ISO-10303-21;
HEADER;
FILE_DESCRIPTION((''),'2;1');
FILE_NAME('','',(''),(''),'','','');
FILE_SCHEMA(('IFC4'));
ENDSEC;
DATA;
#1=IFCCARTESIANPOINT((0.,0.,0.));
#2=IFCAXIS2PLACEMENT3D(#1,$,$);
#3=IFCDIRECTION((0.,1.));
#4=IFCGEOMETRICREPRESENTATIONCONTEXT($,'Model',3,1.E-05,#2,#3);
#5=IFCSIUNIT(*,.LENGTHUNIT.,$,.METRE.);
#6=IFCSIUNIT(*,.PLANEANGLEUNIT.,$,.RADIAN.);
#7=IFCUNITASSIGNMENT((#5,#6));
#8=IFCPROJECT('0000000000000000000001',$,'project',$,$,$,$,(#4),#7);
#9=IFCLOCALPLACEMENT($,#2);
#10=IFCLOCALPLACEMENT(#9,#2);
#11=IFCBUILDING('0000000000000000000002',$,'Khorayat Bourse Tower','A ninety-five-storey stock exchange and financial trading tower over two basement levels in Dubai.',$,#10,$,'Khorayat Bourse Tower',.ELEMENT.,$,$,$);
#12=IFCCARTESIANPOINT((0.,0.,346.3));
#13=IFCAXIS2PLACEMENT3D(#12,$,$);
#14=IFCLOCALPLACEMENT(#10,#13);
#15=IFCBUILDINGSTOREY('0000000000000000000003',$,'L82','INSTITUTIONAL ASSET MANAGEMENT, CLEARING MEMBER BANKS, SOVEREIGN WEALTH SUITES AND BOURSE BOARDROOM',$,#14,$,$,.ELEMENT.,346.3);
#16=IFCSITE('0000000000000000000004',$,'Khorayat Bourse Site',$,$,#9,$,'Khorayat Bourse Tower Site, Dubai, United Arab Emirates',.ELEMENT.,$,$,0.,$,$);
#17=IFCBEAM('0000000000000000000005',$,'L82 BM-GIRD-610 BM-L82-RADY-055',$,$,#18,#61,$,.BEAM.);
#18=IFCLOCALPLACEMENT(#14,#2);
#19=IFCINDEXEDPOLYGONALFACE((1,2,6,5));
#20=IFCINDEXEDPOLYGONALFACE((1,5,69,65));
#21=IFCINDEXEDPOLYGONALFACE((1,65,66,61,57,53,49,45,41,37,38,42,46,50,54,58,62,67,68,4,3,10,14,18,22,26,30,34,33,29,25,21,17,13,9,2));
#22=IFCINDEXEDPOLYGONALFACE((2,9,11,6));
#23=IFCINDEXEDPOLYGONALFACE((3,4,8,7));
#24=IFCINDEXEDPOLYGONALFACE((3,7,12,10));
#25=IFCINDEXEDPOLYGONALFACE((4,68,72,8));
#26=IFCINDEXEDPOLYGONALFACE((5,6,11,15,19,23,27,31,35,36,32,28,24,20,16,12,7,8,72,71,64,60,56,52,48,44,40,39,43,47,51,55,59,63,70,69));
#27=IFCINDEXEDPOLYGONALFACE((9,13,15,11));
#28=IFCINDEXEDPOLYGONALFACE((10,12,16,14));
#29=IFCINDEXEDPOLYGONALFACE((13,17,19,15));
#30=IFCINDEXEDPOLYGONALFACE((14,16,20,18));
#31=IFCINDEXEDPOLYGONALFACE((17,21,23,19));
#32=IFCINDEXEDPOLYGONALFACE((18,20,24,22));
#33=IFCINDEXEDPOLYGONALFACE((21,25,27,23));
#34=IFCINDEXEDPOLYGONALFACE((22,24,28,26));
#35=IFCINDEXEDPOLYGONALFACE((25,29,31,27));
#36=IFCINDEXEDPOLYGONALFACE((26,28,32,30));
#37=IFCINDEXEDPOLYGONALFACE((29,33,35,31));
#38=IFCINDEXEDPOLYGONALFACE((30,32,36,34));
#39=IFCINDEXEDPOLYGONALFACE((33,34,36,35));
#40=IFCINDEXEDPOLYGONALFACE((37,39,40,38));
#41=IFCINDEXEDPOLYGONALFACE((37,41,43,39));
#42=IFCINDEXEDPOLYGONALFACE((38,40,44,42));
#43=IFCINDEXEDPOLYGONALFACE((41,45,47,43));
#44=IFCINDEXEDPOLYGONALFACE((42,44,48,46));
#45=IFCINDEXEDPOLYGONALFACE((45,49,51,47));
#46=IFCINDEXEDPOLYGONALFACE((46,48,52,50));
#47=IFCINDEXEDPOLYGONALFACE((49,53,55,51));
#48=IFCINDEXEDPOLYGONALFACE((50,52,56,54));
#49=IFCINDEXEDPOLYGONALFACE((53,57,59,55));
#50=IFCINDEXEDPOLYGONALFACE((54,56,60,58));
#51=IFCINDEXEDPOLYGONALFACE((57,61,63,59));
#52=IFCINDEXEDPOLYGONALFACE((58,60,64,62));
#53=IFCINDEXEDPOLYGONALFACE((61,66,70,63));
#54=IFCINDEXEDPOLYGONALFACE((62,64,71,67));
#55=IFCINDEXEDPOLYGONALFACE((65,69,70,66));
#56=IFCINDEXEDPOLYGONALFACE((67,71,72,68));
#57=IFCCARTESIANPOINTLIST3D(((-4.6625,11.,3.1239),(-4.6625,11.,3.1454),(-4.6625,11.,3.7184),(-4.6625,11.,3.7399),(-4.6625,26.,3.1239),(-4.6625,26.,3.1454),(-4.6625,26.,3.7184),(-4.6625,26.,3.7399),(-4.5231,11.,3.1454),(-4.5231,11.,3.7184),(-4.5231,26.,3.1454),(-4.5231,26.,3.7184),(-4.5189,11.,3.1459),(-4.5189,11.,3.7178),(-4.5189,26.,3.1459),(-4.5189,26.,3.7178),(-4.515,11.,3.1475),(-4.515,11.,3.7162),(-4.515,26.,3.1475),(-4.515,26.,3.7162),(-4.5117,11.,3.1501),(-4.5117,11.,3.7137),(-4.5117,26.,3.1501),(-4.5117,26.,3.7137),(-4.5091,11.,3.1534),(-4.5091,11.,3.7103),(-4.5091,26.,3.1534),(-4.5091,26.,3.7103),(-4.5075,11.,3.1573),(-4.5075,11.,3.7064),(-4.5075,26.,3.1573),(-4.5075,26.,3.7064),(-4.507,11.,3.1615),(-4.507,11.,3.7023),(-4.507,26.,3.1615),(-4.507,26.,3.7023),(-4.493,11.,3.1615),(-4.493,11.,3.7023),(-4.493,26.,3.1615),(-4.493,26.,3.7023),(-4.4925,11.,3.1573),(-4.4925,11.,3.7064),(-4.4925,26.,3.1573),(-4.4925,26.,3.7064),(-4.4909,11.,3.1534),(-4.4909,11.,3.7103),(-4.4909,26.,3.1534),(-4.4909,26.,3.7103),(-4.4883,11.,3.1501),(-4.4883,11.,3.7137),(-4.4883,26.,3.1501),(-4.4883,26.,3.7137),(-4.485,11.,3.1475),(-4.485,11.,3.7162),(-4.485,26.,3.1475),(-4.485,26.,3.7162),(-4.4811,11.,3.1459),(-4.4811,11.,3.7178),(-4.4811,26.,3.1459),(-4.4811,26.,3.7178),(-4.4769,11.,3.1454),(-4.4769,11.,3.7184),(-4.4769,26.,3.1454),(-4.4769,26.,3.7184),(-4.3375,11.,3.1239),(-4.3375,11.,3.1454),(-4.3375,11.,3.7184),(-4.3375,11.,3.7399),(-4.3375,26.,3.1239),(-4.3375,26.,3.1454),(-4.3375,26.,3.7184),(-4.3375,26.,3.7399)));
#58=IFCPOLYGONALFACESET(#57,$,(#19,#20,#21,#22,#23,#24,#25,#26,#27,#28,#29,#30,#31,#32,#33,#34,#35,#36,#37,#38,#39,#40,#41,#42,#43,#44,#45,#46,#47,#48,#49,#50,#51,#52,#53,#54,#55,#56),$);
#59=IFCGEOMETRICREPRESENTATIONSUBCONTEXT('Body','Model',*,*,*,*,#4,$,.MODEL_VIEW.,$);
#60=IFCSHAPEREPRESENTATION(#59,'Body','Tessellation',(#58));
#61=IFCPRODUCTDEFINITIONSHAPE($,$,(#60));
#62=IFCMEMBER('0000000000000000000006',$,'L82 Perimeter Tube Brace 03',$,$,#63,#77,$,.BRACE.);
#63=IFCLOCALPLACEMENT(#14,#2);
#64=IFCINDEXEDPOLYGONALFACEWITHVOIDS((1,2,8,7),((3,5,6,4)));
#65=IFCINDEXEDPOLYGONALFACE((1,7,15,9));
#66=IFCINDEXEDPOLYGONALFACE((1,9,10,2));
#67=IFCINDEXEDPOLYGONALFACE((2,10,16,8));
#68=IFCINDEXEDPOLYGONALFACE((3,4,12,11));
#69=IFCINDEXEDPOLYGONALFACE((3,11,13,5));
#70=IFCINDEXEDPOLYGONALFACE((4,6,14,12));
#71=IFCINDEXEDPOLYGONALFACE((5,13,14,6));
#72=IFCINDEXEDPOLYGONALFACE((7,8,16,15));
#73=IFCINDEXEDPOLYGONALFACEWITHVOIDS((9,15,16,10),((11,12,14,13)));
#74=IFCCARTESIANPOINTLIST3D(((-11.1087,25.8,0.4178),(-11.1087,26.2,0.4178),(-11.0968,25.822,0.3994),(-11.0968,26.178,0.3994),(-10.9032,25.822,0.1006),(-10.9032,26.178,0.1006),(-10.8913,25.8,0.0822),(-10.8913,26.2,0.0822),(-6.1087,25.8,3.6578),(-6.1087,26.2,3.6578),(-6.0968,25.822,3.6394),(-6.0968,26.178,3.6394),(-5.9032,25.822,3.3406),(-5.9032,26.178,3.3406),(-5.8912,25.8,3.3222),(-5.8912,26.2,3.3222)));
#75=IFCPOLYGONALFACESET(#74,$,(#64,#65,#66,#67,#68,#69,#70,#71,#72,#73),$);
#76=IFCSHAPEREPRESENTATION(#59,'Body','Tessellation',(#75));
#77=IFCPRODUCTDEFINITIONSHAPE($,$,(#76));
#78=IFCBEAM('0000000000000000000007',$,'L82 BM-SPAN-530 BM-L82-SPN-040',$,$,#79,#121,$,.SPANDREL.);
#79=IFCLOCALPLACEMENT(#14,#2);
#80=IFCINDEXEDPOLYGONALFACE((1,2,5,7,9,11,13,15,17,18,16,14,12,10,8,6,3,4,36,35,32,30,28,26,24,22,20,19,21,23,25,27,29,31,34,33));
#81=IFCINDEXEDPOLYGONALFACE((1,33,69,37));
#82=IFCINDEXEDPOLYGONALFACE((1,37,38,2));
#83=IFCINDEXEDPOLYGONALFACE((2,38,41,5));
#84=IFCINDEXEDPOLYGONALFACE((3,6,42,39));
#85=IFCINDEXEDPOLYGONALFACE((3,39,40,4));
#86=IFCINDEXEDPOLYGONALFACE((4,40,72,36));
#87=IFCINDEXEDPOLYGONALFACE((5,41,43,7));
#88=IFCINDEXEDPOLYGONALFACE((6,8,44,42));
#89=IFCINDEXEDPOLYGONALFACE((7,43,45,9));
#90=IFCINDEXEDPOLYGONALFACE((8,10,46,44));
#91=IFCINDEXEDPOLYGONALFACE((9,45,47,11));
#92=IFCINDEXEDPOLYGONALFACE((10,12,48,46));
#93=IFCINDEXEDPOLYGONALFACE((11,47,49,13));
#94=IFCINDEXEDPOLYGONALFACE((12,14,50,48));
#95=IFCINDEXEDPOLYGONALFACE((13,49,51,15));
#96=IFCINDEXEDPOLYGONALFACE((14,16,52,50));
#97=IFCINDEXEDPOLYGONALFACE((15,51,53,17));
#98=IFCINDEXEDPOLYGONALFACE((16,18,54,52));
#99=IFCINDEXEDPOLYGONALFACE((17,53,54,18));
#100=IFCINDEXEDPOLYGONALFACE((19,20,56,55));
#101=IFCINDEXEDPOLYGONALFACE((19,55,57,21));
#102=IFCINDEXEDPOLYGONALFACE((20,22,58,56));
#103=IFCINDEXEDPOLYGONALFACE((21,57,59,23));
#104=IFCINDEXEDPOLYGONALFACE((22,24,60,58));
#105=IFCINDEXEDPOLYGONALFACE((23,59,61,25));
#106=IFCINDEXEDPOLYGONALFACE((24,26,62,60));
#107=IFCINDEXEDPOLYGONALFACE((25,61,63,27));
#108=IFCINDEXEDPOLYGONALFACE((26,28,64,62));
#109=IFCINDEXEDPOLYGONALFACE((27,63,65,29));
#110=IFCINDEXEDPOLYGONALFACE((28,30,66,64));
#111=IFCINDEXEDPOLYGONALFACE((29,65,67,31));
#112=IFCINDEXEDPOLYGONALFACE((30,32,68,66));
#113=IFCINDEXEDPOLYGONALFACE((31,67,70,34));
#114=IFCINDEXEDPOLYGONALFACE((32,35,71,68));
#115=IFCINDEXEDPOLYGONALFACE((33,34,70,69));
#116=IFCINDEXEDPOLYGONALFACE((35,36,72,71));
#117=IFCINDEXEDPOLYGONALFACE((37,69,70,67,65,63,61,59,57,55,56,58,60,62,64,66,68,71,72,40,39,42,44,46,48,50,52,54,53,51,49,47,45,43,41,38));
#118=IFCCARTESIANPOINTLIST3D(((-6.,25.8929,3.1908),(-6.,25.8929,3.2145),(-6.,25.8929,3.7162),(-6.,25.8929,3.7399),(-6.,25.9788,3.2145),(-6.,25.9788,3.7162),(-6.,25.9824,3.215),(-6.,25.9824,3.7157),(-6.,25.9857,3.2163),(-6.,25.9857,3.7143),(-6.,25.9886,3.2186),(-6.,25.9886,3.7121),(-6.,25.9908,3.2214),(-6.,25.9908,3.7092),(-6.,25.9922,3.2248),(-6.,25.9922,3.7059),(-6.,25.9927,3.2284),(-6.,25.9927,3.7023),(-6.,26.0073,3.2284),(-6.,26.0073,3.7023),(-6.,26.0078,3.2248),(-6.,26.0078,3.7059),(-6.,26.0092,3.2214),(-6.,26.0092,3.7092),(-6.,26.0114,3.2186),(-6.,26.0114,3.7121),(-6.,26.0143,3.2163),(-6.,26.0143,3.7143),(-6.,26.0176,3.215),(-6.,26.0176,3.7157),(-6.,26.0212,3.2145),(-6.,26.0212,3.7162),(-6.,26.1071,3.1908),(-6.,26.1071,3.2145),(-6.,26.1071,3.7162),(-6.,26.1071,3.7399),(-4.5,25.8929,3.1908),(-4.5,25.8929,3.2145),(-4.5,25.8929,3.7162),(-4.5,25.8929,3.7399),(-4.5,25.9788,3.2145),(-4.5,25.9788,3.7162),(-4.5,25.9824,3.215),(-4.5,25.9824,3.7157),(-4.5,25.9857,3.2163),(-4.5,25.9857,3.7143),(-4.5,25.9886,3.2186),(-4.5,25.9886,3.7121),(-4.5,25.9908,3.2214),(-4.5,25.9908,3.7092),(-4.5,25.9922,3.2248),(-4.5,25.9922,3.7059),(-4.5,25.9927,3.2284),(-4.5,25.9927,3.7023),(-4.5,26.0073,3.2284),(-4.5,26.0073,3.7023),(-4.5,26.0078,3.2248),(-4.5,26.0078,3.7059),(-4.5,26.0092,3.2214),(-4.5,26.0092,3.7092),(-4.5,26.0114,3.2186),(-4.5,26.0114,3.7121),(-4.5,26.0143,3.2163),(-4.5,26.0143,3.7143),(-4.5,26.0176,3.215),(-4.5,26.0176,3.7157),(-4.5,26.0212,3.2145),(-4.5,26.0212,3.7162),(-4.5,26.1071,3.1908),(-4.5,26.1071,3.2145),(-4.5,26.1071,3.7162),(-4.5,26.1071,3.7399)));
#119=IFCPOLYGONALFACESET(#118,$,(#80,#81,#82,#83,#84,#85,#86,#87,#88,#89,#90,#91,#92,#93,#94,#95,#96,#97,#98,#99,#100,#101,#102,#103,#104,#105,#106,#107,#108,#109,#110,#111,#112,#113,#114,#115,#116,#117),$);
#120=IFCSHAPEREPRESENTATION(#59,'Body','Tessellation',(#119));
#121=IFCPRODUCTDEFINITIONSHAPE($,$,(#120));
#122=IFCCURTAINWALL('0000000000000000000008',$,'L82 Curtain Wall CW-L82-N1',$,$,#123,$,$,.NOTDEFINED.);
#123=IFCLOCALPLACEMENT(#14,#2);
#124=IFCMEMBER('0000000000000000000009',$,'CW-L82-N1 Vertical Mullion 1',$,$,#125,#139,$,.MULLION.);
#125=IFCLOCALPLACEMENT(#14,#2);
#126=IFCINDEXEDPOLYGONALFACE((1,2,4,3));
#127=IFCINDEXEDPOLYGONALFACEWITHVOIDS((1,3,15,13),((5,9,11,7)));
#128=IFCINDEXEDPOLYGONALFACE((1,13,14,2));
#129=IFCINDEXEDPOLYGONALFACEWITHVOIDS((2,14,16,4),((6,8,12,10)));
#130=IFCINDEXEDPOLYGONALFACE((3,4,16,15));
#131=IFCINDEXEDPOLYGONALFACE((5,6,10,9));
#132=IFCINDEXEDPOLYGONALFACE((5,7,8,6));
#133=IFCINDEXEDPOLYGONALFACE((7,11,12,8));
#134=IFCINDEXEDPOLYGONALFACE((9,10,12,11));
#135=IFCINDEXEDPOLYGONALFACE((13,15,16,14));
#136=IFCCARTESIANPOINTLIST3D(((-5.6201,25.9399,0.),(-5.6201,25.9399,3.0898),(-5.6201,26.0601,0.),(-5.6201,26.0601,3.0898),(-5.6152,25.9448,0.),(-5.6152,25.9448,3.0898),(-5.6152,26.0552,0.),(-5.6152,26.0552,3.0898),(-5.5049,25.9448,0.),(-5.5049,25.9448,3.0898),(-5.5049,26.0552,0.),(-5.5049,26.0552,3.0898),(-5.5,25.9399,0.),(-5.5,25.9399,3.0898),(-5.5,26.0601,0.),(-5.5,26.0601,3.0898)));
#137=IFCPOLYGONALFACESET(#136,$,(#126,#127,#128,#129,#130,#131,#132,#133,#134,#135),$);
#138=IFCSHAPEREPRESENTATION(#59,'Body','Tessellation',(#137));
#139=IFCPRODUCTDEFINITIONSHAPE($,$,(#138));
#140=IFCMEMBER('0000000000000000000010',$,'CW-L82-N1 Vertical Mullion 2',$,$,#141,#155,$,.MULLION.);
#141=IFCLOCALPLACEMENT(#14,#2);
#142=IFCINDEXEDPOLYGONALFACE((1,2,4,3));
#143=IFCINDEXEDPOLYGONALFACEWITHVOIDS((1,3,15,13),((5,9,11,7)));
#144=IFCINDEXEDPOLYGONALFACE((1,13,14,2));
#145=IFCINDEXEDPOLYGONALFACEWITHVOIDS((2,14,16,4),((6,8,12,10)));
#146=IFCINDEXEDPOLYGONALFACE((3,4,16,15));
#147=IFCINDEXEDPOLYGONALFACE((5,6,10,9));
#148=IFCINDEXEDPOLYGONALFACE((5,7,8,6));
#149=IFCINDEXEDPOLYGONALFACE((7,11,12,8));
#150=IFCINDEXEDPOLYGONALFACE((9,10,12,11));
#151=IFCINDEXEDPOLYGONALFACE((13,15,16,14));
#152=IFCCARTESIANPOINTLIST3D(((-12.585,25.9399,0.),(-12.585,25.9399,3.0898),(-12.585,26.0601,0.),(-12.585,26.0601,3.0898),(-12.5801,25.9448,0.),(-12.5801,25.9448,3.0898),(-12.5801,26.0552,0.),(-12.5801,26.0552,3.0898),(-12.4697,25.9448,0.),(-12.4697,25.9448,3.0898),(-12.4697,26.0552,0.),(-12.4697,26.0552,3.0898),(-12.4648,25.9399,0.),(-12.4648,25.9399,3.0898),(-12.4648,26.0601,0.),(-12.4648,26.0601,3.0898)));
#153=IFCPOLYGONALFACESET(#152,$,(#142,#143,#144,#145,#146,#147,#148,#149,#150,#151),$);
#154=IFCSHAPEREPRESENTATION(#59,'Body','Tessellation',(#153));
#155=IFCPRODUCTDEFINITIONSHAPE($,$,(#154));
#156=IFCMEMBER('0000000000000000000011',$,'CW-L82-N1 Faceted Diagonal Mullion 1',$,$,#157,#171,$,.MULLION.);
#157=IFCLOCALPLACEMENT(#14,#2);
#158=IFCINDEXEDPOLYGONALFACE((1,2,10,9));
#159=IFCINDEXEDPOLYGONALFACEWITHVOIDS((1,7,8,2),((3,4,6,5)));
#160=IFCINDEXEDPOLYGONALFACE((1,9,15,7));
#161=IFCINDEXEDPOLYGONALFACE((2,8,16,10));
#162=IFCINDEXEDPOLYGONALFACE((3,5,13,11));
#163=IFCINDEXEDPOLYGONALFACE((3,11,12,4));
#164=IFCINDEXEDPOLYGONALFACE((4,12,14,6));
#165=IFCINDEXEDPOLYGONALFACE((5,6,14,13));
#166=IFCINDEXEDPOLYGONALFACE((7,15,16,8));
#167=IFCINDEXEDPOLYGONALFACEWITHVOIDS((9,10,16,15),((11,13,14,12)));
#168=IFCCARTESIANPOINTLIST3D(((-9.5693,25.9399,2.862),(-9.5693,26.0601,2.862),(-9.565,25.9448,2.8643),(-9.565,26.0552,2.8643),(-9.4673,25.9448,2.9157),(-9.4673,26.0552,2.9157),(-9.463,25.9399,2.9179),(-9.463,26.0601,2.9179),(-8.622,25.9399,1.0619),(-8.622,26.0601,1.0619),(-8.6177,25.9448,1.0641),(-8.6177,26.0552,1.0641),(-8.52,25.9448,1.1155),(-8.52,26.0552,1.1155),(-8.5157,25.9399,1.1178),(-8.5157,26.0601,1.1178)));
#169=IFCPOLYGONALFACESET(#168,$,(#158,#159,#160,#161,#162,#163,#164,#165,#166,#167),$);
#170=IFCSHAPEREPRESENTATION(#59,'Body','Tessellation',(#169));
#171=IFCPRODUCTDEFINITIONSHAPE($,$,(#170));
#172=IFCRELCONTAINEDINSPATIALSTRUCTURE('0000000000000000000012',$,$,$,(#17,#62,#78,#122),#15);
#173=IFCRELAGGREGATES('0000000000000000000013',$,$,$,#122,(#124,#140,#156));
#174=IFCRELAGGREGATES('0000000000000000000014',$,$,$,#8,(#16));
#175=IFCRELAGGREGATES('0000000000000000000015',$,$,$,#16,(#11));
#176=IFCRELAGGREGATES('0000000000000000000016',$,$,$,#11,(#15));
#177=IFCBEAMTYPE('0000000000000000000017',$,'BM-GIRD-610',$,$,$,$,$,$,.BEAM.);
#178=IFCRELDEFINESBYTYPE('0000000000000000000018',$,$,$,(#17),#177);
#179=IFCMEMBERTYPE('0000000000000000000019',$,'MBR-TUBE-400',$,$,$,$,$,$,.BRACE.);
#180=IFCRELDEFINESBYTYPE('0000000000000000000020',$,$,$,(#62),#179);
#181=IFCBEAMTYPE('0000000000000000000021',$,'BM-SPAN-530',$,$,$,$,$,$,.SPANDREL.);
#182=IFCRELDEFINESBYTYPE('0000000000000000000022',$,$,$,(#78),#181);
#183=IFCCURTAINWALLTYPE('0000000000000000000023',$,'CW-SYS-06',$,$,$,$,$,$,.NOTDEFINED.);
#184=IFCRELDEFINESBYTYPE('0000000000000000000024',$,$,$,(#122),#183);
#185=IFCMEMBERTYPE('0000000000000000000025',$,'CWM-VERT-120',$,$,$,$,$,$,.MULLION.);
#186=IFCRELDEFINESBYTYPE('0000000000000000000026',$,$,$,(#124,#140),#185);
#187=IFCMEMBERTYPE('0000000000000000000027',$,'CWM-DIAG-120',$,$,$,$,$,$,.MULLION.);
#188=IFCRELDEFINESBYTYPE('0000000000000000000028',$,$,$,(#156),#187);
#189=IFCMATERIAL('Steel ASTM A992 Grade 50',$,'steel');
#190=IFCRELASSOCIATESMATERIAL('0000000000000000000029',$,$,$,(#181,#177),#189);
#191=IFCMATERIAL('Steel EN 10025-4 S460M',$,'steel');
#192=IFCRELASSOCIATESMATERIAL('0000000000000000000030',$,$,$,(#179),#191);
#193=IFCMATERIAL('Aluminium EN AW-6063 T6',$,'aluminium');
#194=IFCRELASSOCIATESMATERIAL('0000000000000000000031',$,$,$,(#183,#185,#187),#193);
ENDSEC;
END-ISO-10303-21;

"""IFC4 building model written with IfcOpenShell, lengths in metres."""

from ifc_helpers import new_model, si_unit, direction, frame, origin, origin_2d, place, context, subcontext, project, spatial, hollow_rectangle, i_section, extrude, source, transform, mapped, material, material_profile, profile_set, type_object, element, aggregate, save


model = new_model("IFC4")

# Units and contexts
model_context = context("Model", 3, precision=1e-05, world=origin(), true_north=direction((0.0, 1.0)))
body_context = subcontext(model_context, "Body", "Model", "MODEL_VIEW")
ifc_project = project(units=[si_unit("LENGTHUNIT", "METRE"), si_unit("PLANEANGLEUNIT", "RADIAN")], contexts=[model_context])

# Site, building, storey
site_placement = place(None, origin())
site = spatial("IfcSite", under=ifc_project, at=site_placement, Name="Khorayat Bourse Site", LongName="Khorayat Bourse Tower Site, Dubai, United Arab Emirates", CompositionType="ELEMENT", RefElevation=0.0)
building_placement = place(site_placement, origin())
building = spatial("IfcBuilding", under=site, at=building_placement, Name="Khorayat Bourse Tower", Description="A ninety-five-storey stock exchange and financial trading tower over two basement levels in Dubai.", LongName="Khorayat Bourse Tower", CompositionType="ELEMENT")
storey_placement = place(building_placement, frame((0.0, 0.0, 346.3)))
storey = spatial("IfcBuildingStorey", under=building, at=storey_placement, Name="L82", Description="INSTITUTIONAL ASSET MANAGEMENT, CLEARING MEMBER BANKS, SOVEREIGN WEALTH SUITES AND BOURSE BOARDROOM", CompositionType="ELEMENT", Elevation=346.3)

# Beam
ifc_material_1 = material(Name="Steel ASTM A992 Grade 50", Category="steel")
ifc_material_profile_1 = material_profile(ifc_material_1, i_section(OverallWidth=0.2141, OverallDepth=0.5491, WebThickness=0.0146, FlangeThickness=0.0237, FilletRadius=0.0139, at=origin_2d()), Name="W530X138")
ifc_profile_set_1 = profile_set([ifc_material_profile_1], Name="Steel ASTM A992 Grade 50")
beam_type_1 = type_object("IfcBeamType", Name="BM-SPAN-530", PredefinedType="SPANDREL", material=ifc_profile_set_1)
ifc_material_profile_2 = material_profile(ifc_material_1, i_section(OverallWidth=0.325, OverallDepth=0.616, WebThickness=0.0139, FlangeThickness=0.0215, FilletRadius=0.0161, at=origin_2d()), Name="W610X174")
ifc_profile_set_2 = profile_set([ifc_material_profile_2], Name="Steel ASTM A992 Grade 50")
beam_type_2 = type_object("IfcBeamType", Name="BM-GIRD-610", PredefinedType="BEAM", material=ifc_profile_set_2)
shared_shape_1 = source(origin(), body_context, "Body", "SweptSolid", [
    extrude(i_section(OverallWidth=0.325, OverallDepth=0.616, WebThickness=0.0139, FlangeThickness=0.0215, FilletRadius=0.0161, at=origin_2d()), origin(), (0.0, 0.0, 1.0), 15.0),
])
for number, where, z_axis, x_axis, name in (
    (1, (-4.5, 11.0, 3.4319), (0.0, 1.0, 0.0), (-1.0, 0.0, 0.0), "L82 BM-GIRD-610 BM-L82-RADY-055"),
):
    element("IfcBeam", number, at=place(storey_placement, frame(where, z_axis=z_axis, x_axis=x_axis)), inside=storey, type_object=beam_type_2, Name=name, PredefinedType="BEAM", context=body_context, shape_type="MappedRepresentation", body=[
        mapped(shared_shape_1, transform((0.0, 0.0, 0.0), scale=1.0)),
    ])

# Member
ifc_material_2 = material(Name="Steel EN 10025-4 S460M", Category="steel")
ifc_material_profile_3 = material_profile(ifc_material_2, hollow_rectangle(XDim=0.3999, YDim=0.3999, WallThickness=0.022, at=origin_2d()), Name="HSS 400x400x22")
ifc_profile_set_3 = profile_set([ifc_material_profile_3], Name="Steel EN 10025-4 S460M")
member_type_1 = type_object("IfcMemberType", Name="MBR-TUBE-400", PredefinedType="BRACE", material=ifc_profile_set_3)
shared_shape_2 = source(origin(), body_context, "Body", "SweptSolid", [
    extrude(hollow_rectangle(XDim=0.3999, YDim=0.3999, WallThickness=0.022, at=origin_2d()), origin(), (0.0, 0.0, 1.0), 5.958),
])
member_1_placement = place(storey_placement, frame((-11.0, 26.0, 0.25), z_axis=(0.83921, 0.0, 0.543807), x_axis=(0.0, 1.0, 0.0)))
element("IfcMember", 2, at=member_1_placement, inside=storey, type_object=member_type_1, Name="L82 Perimeter Tube Brace 03", PredefinedType="BRACE", context=body_context, shape_type="MappedRepresentation", body=[
    mapped(shared_shape_2, transform((0.0, 0.0, 0.0), scale=1.0)),
])

# Beam
shared_shape_3 = source(origin(), body_context, "Body", "SweptSolid", [
    extrude(i_section(OverallWidth=0.2141, OverallDepth=0.5491, WebThickness=0.0146, FlangeThickness=0.0237, FilletRadius=0.0139, at=origin_2d()), origin(), (0.0, 0.0, 1.0), 1.5),
])
beam_1_placement = place(storey_placement, frame((-6.0, 26.0, 3.4653), z_axis=(1.0, 0.0, 0.0), x_axis=(0.0, 1.0, 0.0)))
element("IfcBeam", 3, at=beam_1_placement, inside=storey, type_object=beam_type_1, Name="L82 BM-SPAN-530 BM-L82-SPN-040", PredefinedType="SPANDREL", context=body_context, shape_type="MappedRepresentation", body=[
    mapped(shared_shape_3, transform((0.0, 0.0, 0.0), scale=1.0)),
])

# Curtain wall, members
ifc_material_3 = material(Name="Aluminium EN AW-6063 T6", Category="aluminium")
curtain_wall_type = type_object("IfcCurtainWallType", Name="CW-SYS-06", PredefinedType="NOTDEFINED", material=ifc_material_3)
curtain_wall_placement = place(storey_placement, origin())
curtain_wall = element("IfcCurtainWall", 4, at=curtain_wall_placement, inside=storey, type_object=curtain_wall_type, Name="L82 Curtain Wall CW-L82-N1", PredefinedType="NOTDEFINED")
ifc_material_profile_4 = material_profile(ifc_material_3, hollow_rectangle(XDim=0.1201, YDim=0.1201, WallThickness=0.0049, at=origin_2d()), Name="ALU 120x120x5")
ifc_profile_set_4 = profile_set([ifc_material_profile_4], Name="Aluminium EN AW-6063 T6")
member_type_2 = type_object("IfcMemberType", Name="CWM-VERT-120", PredefinedType="MULLION", material=ifc_profile_set_4)
shared_shape_4 = source(origin(), body_context, "Body", "SweptSolid", [
    extrude(hollow_rectangle(XDim=0.1201, YDim=0.1201, WallThickness=0.0049, at=origin_2d()), origin(), (0.0, 0.0, 1.0), 3.0898),
])
member_2_placement = place(storey_placement, frame((-5.5601, 26.0, 0.0), z_axis=(0.0, 0.0, 1.0), x_axis=(0.0, -1.0, 0.0)))
member_2 = element("IfcMember", 5, at=member_2_placement, type_object=member_type_2, Name="CW-L82-N1 Vertical Mullion 1", PredefinedType="MULLION", context=body_context, shape_type="MappedRepresentation", body=[
    mapped(shared_shape_4, transform((0.0, 0.0, 0.0), scale=1.0)),
])
member_3_placement = place(storey_placement, frame((-12.5249, 26.0, 0.0), z_axis=(0.0, 0.0, 1.0), x_axis=(0.0, -1.0, 0.0)))
member_3 = element("IfcMember", 6, at=member_3_placement, type_object=member_type_2, Name="CW-L82-N1 Vertical Mullion 2", PredefinedType="MULLION", context=body_context, shape_type="MappedRepresentation", body=[
    mapped(shared_shape_4, transform((0.0, 0.0, 0.0), scale=1.0)),
])
ifc_material_profile_5 = material_profile(ifc_material_3, hollow_rectangle(XDim=0.1201, YDim=0.1201, WallThickness=0.0049, at=origin_2d()), Name="ALU 120x120x5")
ifc_profile_set_5 = profile_set([ifc_material_profile_5], Name="Aluminium EN AW-6063 T6")
member_type_3 = type_object("IfcMemberType", Name="CWM-DIAG-120", PredefinedType="MULLION", material=ifc_profile_set_5)
shared_shape_5 = source(origin(), body_context, "Body", "SweptSolid", [
    extrude(hollow_rectangle(XDim=0.1201, YDim=0.1201, WallThickness=0.0049, at=origin_2d()), origin(), (0.0, 0.0, 1.0), 2.0342),
])
member_4_placement = place(storey_placement, frame((-8.5688, 26.0, 1.0898), z_axis=(-0.465697, 0.0, 0.884944), x_axis=(0.0, -1.0, 0.0)))
member_4 = element("IfcMember", 7, at=member_4_placement, type_object=member_type_3, Name="CW-L82-N1 Faceted Diagonal Mullion 1", PredefinedType="MULLION", context=body_context, shape_type="MappedRepresentation", body=[
    mapped(shared_shape_5, transform((0.0, 0.0, 0.0), scale=1.0)),
])

aggregate(curtain_wall, [member_2, member_3, member_4])

save(model, "model.ifc")
